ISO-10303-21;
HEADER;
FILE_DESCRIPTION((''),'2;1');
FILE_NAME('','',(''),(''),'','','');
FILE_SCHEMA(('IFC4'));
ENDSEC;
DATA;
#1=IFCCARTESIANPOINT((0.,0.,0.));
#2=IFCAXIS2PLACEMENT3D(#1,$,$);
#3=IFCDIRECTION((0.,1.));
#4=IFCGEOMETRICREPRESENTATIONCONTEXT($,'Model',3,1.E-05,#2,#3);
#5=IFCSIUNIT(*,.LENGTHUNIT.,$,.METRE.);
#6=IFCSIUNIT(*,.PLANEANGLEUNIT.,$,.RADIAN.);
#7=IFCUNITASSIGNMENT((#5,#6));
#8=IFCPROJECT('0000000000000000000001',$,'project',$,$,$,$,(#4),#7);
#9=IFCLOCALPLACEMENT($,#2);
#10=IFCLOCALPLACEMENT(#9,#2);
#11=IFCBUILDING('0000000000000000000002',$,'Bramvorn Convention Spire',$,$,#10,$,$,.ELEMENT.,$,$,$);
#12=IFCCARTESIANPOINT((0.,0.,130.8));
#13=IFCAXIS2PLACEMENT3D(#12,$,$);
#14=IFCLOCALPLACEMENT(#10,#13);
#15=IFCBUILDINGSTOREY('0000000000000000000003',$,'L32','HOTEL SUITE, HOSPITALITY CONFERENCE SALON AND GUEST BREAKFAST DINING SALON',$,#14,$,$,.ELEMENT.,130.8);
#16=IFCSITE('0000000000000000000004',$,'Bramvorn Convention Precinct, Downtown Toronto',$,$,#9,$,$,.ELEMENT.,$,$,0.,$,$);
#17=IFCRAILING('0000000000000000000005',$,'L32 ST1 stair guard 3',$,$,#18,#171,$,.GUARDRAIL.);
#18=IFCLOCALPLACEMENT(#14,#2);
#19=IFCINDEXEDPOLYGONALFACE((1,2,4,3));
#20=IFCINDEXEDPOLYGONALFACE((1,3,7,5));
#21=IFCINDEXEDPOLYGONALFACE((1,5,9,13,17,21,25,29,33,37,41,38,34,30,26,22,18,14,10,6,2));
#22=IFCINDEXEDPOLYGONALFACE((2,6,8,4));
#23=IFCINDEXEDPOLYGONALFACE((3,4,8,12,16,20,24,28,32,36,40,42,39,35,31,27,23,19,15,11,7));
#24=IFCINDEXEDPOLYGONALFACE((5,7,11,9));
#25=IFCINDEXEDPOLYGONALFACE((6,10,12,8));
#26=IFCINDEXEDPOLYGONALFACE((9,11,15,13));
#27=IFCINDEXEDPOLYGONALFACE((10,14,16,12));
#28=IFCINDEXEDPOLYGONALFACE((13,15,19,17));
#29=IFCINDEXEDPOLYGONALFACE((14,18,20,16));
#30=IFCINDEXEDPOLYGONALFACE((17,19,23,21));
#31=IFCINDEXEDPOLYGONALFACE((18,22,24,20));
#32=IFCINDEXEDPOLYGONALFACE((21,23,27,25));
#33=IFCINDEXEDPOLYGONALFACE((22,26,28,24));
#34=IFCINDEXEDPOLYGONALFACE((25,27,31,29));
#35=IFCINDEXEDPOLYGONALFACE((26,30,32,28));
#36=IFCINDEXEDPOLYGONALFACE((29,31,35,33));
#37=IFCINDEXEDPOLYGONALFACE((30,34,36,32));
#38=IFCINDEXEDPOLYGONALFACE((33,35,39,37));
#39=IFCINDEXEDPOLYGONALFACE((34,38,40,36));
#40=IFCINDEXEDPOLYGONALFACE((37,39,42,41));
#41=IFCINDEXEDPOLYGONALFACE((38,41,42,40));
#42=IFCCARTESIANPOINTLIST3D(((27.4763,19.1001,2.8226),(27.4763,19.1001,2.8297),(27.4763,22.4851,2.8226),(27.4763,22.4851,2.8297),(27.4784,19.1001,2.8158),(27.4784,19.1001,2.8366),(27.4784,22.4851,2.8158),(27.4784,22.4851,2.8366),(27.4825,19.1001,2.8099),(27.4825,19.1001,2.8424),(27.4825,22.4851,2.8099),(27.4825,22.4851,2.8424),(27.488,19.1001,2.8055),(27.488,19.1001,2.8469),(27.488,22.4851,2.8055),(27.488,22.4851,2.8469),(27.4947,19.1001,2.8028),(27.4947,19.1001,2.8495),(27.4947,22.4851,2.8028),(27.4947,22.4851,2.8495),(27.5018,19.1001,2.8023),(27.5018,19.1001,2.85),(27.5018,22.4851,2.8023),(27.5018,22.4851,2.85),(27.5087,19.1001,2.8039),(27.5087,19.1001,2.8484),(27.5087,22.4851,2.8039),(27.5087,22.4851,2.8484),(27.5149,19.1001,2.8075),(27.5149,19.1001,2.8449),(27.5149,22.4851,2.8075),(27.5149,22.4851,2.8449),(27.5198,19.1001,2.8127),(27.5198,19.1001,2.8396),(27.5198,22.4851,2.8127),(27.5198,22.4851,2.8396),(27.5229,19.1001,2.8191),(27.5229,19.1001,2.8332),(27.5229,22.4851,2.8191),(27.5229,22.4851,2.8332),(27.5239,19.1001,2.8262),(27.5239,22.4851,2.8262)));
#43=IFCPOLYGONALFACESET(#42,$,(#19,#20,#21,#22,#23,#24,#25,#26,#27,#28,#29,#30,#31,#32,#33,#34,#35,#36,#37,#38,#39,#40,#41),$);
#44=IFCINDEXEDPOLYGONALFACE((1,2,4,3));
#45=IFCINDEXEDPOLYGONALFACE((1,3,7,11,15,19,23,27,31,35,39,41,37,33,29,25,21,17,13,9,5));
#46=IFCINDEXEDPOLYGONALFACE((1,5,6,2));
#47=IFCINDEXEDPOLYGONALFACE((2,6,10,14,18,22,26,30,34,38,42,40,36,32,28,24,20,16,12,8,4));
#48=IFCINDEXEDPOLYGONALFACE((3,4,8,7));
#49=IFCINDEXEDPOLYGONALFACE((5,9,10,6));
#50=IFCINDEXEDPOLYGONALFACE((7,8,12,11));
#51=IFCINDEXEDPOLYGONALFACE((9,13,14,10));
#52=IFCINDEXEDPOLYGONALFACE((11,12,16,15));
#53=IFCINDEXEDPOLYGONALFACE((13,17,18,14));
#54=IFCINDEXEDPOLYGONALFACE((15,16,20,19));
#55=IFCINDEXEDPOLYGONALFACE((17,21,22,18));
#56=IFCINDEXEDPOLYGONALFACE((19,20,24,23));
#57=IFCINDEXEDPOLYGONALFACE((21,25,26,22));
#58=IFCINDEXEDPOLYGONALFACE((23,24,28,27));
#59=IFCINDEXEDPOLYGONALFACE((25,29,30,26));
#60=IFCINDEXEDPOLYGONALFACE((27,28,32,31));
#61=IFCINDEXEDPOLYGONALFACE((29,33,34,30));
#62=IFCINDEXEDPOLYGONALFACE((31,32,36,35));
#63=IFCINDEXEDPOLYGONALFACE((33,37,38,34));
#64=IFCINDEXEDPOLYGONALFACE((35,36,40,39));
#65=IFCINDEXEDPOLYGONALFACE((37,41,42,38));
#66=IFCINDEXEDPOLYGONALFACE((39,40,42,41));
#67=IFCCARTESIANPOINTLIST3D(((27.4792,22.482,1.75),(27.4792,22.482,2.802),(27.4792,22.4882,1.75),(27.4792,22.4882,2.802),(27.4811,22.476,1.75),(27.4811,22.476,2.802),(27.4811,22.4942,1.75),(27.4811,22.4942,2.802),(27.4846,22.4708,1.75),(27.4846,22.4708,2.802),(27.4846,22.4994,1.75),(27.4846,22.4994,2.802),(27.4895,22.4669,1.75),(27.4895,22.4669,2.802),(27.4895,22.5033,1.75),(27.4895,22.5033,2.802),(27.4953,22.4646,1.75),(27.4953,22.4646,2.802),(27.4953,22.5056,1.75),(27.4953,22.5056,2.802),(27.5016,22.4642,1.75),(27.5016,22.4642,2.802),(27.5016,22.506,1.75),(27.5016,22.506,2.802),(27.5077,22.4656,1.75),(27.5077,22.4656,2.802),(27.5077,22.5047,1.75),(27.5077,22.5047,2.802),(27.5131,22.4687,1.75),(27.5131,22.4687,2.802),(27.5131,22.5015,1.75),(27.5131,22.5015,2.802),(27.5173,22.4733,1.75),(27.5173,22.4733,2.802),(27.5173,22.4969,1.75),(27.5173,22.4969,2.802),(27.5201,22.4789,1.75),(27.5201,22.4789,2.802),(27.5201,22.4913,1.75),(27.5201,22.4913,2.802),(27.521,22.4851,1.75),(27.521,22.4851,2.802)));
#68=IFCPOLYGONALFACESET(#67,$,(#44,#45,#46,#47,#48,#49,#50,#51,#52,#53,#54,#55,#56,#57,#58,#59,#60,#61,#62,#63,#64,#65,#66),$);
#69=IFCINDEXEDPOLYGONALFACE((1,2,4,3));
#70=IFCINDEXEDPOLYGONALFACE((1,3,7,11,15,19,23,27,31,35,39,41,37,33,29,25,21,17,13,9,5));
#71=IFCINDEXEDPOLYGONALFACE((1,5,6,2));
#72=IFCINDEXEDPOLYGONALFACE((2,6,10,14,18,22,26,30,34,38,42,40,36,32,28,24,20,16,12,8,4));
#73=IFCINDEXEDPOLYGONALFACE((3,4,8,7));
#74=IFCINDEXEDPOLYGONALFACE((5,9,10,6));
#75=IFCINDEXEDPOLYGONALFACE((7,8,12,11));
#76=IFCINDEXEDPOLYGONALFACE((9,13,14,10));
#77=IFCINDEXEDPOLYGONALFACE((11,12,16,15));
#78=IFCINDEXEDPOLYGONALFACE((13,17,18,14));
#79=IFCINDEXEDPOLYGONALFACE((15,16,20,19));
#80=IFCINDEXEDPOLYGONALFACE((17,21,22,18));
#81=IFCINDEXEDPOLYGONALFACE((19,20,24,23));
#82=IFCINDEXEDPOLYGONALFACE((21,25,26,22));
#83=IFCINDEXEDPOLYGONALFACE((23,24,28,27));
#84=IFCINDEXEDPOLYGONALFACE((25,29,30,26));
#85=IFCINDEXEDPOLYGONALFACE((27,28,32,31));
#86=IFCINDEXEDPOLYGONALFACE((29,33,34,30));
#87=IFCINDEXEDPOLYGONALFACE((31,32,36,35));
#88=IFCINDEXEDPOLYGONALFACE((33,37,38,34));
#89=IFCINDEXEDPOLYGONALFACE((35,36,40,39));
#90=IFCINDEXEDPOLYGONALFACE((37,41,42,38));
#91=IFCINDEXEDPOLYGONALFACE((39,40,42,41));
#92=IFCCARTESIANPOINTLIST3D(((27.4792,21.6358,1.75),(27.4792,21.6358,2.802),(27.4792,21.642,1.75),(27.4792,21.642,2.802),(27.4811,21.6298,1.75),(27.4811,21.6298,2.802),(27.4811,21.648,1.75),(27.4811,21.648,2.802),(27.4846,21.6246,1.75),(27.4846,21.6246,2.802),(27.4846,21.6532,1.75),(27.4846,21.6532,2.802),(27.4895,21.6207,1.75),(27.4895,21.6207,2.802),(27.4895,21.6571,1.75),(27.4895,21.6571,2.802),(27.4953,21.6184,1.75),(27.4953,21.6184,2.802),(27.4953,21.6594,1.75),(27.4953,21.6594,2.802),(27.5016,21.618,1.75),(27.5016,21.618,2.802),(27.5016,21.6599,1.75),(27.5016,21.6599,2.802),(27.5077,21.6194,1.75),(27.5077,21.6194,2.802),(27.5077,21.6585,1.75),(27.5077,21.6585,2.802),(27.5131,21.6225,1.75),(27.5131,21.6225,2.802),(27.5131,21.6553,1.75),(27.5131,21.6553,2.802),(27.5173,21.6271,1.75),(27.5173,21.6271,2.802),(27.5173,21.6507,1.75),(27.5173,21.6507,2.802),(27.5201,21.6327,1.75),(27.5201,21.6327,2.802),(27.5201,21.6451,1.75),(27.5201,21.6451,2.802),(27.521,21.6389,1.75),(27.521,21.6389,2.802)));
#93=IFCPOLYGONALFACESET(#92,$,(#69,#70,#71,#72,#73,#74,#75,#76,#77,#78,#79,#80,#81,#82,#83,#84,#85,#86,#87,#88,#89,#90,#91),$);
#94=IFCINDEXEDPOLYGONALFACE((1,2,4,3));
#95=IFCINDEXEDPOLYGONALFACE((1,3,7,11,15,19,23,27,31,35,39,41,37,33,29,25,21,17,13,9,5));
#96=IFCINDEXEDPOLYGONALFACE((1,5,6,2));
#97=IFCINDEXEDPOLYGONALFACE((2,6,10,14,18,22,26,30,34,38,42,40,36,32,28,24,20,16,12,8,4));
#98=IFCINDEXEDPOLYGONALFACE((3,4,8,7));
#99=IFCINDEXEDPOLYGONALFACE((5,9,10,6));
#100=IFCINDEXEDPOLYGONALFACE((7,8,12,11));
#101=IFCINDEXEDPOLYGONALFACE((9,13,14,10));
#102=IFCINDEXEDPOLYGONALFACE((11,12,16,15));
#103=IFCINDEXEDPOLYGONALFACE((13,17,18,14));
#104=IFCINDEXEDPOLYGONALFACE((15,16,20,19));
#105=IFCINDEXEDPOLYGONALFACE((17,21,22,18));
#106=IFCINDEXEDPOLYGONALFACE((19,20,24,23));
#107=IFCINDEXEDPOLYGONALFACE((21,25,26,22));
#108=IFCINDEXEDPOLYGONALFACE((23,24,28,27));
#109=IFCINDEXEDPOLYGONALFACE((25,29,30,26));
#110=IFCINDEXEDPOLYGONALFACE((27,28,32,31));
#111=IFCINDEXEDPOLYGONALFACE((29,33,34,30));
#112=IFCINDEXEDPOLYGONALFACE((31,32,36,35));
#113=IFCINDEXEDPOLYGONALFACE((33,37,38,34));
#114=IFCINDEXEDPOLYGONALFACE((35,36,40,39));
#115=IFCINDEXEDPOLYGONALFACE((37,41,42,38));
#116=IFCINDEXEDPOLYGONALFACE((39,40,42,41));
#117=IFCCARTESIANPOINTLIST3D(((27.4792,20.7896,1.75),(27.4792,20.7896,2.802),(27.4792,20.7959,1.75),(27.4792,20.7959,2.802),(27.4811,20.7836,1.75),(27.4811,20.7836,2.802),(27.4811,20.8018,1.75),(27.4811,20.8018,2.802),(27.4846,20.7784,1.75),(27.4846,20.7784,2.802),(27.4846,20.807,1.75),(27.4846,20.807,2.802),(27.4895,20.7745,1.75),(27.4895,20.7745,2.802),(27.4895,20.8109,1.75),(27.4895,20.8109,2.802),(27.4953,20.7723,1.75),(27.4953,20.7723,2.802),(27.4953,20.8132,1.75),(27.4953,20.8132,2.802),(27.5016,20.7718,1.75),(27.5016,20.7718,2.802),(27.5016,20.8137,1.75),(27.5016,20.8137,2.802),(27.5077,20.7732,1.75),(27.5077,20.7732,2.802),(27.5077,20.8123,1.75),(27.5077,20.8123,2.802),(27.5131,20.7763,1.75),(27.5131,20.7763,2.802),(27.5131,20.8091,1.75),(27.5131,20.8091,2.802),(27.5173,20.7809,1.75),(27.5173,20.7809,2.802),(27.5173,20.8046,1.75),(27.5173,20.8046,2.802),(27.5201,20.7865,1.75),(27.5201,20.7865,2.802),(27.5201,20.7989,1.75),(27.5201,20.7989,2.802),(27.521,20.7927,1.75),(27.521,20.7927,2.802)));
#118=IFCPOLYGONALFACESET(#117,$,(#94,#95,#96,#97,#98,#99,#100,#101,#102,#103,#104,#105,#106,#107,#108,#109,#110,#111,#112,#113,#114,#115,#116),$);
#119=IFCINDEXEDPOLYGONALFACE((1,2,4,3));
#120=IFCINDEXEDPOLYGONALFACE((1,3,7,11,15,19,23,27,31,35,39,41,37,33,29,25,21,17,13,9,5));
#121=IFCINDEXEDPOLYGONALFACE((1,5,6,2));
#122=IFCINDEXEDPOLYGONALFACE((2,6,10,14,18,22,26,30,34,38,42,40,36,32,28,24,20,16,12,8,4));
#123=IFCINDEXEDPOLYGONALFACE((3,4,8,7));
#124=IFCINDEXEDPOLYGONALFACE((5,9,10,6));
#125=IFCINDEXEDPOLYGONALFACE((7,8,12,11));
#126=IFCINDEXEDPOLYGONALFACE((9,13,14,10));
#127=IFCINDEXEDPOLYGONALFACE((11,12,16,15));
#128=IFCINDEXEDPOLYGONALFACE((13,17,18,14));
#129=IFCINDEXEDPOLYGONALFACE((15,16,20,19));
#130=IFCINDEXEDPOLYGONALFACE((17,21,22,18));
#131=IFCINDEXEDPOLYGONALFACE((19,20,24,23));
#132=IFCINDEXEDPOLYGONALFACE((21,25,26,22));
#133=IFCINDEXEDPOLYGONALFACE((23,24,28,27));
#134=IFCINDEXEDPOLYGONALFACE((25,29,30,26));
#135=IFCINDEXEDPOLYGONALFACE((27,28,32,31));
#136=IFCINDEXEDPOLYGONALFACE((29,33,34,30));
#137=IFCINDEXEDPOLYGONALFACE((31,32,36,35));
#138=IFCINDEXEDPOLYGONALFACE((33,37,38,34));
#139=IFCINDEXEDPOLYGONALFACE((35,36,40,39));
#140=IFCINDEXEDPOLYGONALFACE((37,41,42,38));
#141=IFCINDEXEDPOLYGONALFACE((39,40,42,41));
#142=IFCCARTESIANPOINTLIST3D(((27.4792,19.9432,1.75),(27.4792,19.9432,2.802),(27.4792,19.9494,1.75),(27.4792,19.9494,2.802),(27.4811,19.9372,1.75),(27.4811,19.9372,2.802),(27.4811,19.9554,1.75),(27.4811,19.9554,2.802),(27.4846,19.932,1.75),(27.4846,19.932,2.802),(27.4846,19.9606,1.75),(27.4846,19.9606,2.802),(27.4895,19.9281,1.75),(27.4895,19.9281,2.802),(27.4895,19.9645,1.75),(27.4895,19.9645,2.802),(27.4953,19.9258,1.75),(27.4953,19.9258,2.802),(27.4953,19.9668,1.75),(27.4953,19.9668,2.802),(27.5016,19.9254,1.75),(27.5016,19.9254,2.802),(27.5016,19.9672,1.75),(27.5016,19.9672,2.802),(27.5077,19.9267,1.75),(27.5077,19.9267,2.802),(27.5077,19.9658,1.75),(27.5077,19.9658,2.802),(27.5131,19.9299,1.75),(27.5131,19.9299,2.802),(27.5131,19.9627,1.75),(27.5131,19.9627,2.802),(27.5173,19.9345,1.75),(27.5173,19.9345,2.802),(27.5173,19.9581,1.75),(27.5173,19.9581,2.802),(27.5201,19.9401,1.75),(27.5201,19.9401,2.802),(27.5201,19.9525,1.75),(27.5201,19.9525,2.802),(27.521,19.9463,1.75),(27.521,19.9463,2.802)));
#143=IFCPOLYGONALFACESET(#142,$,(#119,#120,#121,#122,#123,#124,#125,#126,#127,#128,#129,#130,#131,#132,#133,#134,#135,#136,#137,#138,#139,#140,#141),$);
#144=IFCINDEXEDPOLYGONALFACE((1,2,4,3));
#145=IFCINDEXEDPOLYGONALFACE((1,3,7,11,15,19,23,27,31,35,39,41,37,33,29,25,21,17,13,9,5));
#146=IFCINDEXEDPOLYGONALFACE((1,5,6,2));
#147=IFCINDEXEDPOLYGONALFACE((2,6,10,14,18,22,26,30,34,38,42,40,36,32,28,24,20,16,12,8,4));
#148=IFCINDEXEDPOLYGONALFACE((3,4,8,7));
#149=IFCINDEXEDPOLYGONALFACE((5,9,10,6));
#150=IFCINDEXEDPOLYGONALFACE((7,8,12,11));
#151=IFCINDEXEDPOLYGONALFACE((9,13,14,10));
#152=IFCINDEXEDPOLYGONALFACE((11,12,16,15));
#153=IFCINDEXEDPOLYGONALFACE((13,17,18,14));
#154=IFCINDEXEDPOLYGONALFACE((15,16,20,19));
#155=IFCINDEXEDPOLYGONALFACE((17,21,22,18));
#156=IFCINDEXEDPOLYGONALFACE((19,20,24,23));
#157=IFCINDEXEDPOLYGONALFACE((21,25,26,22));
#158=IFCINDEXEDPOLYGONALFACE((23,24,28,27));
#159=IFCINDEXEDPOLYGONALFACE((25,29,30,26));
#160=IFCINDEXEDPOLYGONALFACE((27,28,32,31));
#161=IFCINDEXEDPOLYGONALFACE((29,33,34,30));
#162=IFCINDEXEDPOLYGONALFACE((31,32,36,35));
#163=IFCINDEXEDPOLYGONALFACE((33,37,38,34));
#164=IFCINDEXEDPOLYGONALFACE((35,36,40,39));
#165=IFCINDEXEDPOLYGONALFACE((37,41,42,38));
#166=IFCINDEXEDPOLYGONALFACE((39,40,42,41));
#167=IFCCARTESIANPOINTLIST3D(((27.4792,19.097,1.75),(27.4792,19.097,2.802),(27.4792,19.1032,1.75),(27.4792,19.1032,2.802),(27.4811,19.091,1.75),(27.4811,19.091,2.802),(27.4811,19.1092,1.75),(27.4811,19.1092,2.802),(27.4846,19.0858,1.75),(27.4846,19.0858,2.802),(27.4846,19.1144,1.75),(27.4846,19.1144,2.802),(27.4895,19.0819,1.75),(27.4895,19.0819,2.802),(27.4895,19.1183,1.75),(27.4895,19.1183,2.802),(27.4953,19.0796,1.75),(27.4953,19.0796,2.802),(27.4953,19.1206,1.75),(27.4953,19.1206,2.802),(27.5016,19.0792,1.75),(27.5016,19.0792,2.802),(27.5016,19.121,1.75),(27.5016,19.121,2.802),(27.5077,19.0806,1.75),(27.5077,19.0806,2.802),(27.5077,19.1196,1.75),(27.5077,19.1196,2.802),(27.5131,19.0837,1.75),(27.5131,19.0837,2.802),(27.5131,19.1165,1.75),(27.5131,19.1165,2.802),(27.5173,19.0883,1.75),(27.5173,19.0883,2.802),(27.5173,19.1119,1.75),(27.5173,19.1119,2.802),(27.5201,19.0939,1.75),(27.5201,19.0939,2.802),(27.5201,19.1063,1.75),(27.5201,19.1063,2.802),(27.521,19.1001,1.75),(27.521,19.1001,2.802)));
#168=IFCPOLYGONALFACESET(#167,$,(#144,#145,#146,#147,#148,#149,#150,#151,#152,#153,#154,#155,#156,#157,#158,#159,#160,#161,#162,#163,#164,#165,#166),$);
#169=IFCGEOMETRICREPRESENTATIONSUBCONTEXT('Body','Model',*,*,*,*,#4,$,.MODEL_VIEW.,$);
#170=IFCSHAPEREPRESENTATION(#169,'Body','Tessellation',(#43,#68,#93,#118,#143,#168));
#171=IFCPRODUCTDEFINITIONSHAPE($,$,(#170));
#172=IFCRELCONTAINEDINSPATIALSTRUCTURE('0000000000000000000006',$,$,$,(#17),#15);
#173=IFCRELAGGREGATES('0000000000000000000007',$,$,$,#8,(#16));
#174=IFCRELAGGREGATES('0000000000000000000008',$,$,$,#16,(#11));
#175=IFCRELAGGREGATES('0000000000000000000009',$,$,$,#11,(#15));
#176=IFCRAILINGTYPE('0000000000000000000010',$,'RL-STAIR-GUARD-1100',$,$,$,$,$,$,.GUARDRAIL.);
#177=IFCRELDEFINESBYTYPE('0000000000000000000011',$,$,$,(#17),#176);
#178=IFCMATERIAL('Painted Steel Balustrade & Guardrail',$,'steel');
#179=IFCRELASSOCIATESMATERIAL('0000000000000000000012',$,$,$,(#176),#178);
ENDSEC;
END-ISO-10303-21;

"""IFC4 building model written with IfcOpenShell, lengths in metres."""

from ifc_helpers import new_model, si_unit, direction, frame, origin, origin_2d, place, context, subcontext, project, spatial, circle, extrude, material, type_object, element, save


model = new_model("IFC4")

# Units and contexts
model_context = context("Model", 3, precision=1e-05, world=origin(), true_north=direction((0.0, 1.0)))
body_context = subcontext(model_context, "Body", "Model", "MODEL_VIEW")
ifc_project = project(units=[si_unit("LENGTHUNIT", "METRE"), si_unit("PLANEANGLEUNIT", "RADIAN")], contexts=[model_context])

# Site, building, storey
site_placement = place(None, origin())
site = spatial("IfcSite", under=ifc_project, at=site_placement, Name="Bramvorn Convention Precinct, Downtown Toronto", CompositionType="ELEMENT", RefElevation=0.0)
building_placement = place(site_placement, origin())
building = spatial("IfcBuilding", under=site, at=building_placement, Name="Bramvorn Convention Spire", CompositionType="ELEMENT")
storey_placement = place(building_placement, frame((0.0, 0.0, 130.8)))
storey = spatial("IfcBuildingStorey", under=building, at=storey_placement, Name="L32", Description="HOTEL SUITE, HOSPITALITY CONFERENCE SALON AND GUEST BREAKFAST DINING SALON", CompositionType="ELEMENT", Elevation=130.8)

# Railing
ifc_material_1 = material(Name="Painted Steel Balustrade & Guardrail", Category="steel")
railing_type = type_object("IfcRailingType", Name="RL-STAIR-GUARD-1100", PredefinedType="GUARDRAIL", material=ifc_material_1)
railing_1_placement = place(storey_placement, frame((27.5, 22.4851, 1.75)))
element("IfcRailing", 1, at=railing_1_placement, inside=storey, type_object=railing_type, Name="L32 ST1 stair guard 3", PredefinedType="GUARDRAIL", context=body_context, shape_type="SweptSolid", body=[
    extrude(circle(Radius=0.0239, at=origin_2d()), frame((0.0, 0.0, 1.0762), z_axis=(0.0, -1.0, 0.0), x_axis=(1.0, 0.0, 0.0)), (0.0, 0.0, 1.0), 3.385),
    extrude(circle(Radius=0.021, at=origin_2d()), origin(), (0.0, 0.0, 1.0), 1.052),
    extrude(circle(Radius=0.021, at=origin_2d()), frame((0.0, -0.8462, 0.0)), (0.0, 0.0, 1.0), 1.052),
    extrude(circle(Radius=0.021, at=origin_2d()), frame((0.0, -1.6924, 0.0)), (0.0, 0.0, 1.0), 1.052),
    extrude(circle(Radius=0.021, at=origin_2d()), frame((0.0, -2.5388, 0.0)), (0.0, 0.0, 1.0), 1.052),
    extrude(circle(Radius=0.021, at=origin_2d()), frame((0.0, -3.385, 0.0)), (0.0, 0.0, 1.0), 1.052),
])

save(model, "model.ifc")
